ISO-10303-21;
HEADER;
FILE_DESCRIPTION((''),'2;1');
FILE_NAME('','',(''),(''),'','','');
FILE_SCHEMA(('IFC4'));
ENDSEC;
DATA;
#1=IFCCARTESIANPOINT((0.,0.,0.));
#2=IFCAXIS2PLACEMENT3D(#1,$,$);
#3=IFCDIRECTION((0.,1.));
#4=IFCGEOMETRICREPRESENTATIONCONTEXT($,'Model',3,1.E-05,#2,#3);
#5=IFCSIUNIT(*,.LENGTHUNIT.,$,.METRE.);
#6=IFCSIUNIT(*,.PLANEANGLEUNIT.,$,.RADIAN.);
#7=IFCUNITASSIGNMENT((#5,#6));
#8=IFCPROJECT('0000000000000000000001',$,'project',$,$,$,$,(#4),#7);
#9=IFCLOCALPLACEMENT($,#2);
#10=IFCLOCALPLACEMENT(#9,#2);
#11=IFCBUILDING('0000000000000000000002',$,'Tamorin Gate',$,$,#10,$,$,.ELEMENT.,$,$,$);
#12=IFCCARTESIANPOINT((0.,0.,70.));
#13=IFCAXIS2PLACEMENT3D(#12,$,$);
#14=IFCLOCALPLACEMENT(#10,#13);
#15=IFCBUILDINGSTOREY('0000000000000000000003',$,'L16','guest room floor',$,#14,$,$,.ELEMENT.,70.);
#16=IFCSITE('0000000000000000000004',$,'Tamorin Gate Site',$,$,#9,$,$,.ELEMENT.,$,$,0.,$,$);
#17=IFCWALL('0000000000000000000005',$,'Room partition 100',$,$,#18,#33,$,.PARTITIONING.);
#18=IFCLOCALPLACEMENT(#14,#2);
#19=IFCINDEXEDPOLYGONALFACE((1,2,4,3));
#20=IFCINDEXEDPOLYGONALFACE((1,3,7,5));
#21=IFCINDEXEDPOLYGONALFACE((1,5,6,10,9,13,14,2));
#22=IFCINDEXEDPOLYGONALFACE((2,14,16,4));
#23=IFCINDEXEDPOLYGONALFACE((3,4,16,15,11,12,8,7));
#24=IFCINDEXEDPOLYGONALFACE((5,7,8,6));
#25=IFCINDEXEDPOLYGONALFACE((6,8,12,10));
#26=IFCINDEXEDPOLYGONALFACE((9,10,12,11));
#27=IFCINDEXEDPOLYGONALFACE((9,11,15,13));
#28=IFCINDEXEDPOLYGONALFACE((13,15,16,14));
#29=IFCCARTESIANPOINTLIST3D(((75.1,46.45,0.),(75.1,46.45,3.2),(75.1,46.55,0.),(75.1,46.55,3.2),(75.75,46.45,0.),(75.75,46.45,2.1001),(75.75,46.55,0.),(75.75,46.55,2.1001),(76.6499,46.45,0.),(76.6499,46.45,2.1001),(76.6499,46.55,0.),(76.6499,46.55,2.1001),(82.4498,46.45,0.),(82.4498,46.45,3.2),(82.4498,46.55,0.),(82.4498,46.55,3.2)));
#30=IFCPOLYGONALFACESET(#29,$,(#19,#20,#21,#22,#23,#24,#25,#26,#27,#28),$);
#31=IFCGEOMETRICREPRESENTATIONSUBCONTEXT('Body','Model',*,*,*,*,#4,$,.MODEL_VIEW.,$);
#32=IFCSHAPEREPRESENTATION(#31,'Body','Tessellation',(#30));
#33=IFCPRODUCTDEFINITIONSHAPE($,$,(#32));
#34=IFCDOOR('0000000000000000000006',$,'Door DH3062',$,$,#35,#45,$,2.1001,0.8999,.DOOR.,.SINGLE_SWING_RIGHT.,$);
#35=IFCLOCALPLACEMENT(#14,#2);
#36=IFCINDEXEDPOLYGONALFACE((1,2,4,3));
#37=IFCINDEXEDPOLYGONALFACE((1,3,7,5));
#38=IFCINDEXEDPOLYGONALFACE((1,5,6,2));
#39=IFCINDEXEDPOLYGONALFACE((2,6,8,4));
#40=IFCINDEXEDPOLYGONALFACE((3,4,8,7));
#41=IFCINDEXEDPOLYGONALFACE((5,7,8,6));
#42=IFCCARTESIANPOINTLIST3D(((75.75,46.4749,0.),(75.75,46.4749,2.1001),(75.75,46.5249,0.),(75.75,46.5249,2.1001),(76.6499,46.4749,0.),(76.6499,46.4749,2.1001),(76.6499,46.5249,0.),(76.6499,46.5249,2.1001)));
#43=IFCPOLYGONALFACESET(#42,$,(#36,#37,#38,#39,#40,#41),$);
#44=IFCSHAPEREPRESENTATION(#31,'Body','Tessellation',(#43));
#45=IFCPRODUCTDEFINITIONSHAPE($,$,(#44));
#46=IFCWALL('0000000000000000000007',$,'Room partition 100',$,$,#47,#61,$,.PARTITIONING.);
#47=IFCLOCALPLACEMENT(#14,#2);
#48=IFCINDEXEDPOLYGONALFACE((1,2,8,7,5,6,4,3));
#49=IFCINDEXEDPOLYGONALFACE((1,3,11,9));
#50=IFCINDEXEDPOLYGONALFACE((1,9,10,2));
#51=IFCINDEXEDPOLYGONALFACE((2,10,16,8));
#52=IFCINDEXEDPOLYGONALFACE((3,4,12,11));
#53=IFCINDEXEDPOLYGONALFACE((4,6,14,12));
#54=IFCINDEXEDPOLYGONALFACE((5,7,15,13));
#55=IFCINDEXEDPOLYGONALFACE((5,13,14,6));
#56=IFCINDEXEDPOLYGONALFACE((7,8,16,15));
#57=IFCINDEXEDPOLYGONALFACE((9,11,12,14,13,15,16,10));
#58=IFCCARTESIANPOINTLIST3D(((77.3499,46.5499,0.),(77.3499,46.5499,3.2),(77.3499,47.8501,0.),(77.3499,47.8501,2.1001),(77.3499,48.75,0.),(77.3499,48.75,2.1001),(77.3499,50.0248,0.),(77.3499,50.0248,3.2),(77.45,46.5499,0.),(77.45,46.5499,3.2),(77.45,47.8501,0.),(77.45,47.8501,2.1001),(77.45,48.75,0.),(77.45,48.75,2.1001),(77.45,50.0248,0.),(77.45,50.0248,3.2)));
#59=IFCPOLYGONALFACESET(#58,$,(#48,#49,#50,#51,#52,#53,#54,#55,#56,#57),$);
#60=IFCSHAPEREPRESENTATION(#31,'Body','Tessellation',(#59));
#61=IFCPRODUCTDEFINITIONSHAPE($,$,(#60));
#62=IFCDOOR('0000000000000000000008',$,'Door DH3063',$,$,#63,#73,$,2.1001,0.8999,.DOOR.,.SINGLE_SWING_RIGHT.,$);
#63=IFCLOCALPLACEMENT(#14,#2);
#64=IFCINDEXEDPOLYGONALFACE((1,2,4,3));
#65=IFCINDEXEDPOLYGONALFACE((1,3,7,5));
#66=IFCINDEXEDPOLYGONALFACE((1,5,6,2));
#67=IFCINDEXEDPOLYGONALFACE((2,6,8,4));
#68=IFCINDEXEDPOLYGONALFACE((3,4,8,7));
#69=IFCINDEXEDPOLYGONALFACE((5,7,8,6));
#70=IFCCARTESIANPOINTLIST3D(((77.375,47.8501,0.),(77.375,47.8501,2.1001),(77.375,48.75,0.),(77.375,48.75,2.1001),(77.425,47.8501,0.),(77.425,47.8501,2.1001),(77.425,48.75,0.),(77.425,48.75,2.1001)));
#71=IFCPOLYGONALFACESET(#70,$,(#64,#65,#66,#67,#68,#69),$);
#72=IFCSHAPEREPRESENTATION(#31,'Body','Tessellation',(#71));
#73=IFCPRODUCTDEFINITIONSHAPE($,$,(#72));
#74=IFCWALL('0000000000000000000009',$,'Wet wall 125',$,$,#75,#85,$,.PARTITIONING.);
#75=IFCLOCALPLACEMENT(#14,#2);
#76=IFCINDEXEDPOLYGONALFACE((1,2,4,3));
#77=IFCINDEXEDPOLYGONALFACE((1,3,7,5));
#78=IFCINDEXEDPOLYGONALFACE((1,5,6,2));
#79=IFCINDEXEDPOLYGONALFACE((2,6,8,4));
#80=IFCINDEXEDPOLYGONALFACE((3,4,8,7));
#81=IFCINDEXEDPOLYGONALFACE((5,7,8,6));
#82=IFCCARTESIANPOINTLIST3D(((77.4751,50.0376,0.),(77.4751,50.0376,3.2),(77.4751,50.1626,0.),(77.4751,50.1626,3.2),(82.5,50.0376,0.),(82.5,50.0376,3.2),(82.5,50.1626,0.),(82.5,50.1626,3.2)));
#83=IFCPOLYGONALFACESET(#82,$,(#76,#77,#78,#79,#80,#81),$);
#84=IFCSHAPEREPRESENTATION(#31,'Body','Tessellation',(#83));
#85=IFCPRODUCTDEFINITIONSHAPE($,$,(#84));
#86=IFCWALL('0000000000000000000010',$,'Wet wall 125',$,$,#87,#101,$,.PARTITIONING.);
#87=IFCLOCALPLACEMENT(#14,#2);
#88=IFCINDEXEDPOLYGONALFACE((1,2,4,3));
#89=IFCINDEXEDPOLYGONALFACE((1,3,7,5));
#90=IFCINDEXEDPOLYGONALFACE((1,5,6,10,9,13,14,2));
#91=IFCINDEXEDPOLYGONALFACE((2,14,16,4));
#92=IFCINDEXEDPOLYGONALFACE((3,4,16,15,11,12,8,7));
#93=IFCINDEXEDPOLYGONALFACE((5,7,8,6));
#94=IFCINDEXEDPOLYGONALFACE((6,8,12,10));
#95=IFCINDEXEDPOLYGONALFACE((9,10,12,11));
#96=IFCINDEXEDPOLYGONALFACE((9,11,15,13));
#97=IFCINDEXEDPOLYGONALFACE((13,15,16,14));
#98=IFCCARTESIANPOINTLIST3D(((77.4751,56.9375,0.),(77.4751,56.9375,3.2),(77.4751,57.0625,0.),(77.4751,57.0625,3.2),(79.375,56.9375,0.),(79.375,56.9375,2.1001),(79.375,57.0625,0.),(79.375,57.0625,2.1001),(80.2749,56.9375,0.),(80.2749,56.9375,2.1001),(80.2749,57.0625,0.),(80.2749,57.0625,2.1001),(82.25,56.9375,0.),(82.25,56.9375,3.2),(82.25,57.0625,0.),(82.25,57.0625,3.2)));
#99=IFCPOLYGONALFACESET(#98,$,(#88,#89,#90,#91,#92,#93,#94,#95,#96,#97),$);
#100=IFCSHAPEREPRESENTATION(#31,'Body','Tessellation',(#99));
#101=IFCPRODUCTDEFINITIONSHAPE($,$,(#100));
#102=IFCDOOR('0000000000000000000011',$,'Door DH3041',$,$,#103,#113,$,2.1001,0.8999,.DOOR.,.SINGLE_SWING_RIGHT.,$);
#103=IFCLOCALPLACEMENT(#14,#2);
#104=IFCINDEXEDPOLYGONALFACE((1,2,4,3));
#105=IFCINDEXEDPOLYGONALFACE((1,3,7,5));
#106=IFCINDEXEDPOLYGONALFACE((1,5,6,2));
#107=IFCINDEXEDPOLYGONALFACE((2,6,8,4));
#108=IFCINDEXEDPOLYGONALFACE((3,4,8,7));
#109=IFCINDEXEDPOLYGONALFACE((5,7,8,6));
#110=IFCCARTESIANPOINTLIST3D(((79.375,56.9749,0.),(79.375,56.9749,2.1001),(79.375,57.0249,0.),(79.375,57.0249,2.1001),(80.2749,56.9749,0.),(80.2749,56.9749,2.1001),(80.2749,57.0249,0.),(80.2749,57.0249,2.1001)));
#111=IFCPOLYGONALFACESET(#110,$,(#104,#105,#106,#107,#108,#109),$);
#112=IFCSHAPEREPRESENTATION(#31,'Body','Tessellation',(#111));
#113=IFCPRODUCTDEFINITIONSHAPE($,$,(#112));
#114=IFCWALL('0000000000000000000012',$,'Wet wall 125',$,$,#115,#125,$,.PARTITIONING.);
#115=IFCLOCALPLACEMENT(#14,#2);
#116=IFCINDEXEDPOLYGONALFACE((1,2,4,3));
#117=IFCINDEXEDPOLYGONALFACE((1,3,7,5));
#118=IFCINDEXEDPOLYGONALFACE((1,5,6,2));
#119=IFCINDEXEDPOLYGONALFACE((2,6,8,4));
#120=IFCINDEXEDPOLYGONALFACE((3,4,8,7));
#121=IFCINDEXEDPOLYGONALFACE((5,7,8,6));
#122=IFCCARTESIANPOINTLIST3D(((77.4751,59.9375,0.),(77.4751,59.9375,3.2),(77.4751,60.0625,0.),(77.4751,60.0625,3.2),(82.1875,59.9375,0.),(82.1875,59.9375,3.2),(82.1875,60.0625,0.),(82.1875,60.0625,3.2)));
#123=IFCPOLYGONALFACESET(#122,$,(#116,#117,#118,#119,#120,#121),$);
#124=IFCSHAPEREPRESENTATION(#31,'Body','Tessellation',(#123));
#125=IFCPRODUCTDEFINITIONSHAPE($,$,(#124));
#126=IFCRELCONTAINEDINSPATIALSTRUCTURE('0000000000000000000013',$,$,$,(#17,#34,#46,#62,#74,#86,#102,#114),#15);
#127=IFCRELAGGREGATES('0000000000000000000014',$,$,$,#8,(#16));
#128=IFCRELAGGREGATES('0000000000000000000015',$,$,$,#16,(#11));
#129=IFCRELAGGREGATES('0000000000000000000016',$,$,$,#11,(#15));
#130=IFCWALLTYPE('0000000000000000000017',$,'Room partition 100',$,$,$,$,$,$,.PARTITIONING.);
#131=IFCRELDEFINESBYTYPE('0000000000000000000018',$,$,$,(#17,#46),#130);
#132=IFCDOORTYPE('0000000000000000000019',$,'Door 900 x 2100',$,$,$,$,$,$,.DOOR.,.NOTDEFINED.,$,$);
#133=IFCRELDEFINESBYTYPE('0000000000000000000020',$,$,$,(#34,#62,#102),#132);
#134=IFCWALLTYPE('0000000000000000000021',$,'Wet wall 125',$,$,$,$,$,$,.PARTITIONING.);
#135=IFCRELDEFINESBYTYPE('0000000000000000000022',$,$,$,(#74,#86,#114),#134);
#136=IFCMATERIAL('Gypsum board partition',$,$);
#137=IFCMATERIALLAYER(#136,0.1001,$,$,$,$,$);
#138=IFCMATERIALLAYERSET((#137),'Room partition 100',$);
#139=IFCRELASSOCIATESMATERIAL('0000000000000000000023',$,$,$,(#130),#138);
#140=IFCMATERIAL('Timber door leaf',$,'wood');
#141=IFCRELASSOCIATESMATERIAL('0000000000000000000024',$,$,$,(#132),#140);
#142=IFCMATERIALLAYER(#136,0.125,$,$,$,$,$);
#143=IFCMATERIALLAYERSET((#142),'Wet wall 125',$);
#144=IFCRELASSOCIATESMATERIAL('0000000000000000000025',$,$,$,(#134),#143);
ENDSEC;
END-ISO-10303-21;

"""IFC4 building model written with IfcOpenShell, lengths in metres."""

from ifc_helpers import new_model, si_unit, direction, frame, frame_2d, origin, place, context, subcontext, project, spatial, rectangle, extrude, material, layer, layer_set, type_object, element, fill, save


model = new_model("IFC4")

# Units and contexts
model_context = context("Model", 3, precision=1e-05, world=origin(), true_north=direction((0.0, 1.0)))
body_context = subcontext(model_context, "Body", "Model", "MODEL_VIEW")
ifc_project = project(units=[si_unit("LENGTHUNIT", "METRE"), si_unit("PLANEANGLEUNIT", "RADIAN")], contexts=[model_context])

# Site, building, storey
site_placement = place(None, origin())
site = spatial("IfcSite", under=ifc_project, at=site_placement, Name="Tamorin Gate Site", CompositionType="ELEMENT", RefElevation=0.0)
building_placement = place(site_placement, origin())
building = spatial("IfcBuilding", under=site, at=building_placement, Name="Tamorin Gate", CompositionType="ELEMENT")
storey_placement = place(building_placement, frame((0.0, 0.0, 70.0)))
storey = spatial("IfcBuildingStorey", under=building, at=storey_placement, Name="L16", Description="guest room floor", CompositionType="ELEMENT", Elevation=70.0)

# Shared definitions
ifc_material_1 = material(Name="Gypsum board partition")
ifc_material_2 = material(Name="Timber door leaf", Category="wood")

# Walls, openings, doors
ifc_layer_1 = layer(ifc_material_1, 0.1001)
ifc_layer_set_1 = layer_set([ifc_layer_1], Name="Room partition 100")
wall_type_1 = type_object("IfcWallType", Name="Room partition 100", PredefinedType="PARTITIONING", material=ifc_layer_set_1)
wall_1_placement = place(storey_placement, frame((75.1001, 46.5, 0.0), z_axis=(0.0, 0.0, 1.0), x_axis=(1.0, 0.0, 0.0)))
wall_1 = element("IfcWall", 1, at=wall_1_placement, inside=storey, type_object=wall_type_1, Name="Room partition 100", PredefinedType="PARTITIONING", context=body_context, shape_type="SweptSolid", body=[
    extrude(rectangle(XDim=7.3499, YDim=0.1001, at=frame_2d((3.6748, 0.0))), origin(), (0.0, 0.0, 1.0), 3.2),
])
opening_1_placement = place(wall_1_placement, frame((0.6499, 0.0, 0.0)))
opening_1 = element("IfcOpeningElement", 2, at=opening_1_placement, cuts=wall_1, PredefinedType="OPENING", context=body_context, shape_type="SweptSolid", body=[
    extrude(rectangle(XDim=0.8999, YDim=2.1001, at=frame_2d((0.45, 1.05))), frame((0.0, 0.0601, 0.0), z_axis=(0.0, -1.0, 0.0), x_axis=(1.0, 0.0, 0.0)), (0.0, 0.0, 1.0), 0.1201),
])
door_type_1 = type_object("IfcDoorType", Name="Door 900 x 2100", OperationType="NOTDEFINED", PredefinedType="DOOR", material=ifc_material_2)
door_1_placement = place(opening_1_placement, origin())
door_1 = element("IfcDoor", 3, at=door_1_placement, inside=storey, type_object=door_type_1, Name="Door DH3062", OperationType="SINGLE_SWING_RIGHT", OverallHeight=2.1001, OverallWidth=0.8999, PredefinedType="DOOR", context=body_context, shape_type="SweptSolid", body=[
    extrude(rectangle(XDim=0.8999, YDim=2.1001, at=frame_2d((0.45, 1.05))), frame((0.0, 0.0249, 0.0), z_axis=(0.0, -1.0, 0.0), x_axis=(1.0, 0.0, 0.0)), (0.0, 0.0, 1.0), 0.05),
])
fill(opening_1, door_1)
wall_2_placement = place(storey_placement, frame((77.3999, 46.55, 0.0), z_axis=(0.0, 0.0, 1.0), x_axis=(0.0, 1.0, 0.0)))
wall_2 = element("IfcWall", 4, at=wall_2_placement, inside=storey, type_object=wall_type_1, Name="Room partition 100", PredefinedType="PARTITIONING", context=body_context, shape_type="SweptSolid", body=[
    extrude(rectangle(XDim=3.4749, YDim=0.1001, at=frame_2d((1.7373, 0.0))), origin(), (0.0, 0.0, 1.0), 3.2),
])
opening_2_placement = place(wall_2_placement, frame((1.3, 0.0, 0.0)))
opening_2 = element("IfcOpeningElement", 5, at=opening_2_placement, cuts=wall_2, PredefinedType="OPENING", context=body_context, shape_type="SweptSolid", body=[
    extrude(rectangle(XDim=0.8999, YDim=2.1001, at=frame_2d((0.45, 1.05))), frame((0.0, 0.0601, 0.0), z_axis=(0.0, -1.0, 0.0), x_axis=(1.0, 0.0, 0.0)), (0.0, 0.0, 1.0), 0.1201),
])
door_2_placement = place(opening_2_placement, origin())
door_2 = element("IfcDoor", 6, at=door_2_placement, inside=storey, type_object=door_type_1, Name="Door DH3063", OperationType="SINGLE_SWING_RIGHT", OverallHeight=2.1001, OverallWidth=0.8999, PredefinedType="DOOR", context=body_context, shape_type="SweptSolid", body=[
    extrude(rectangle(XDim=0.8999, YDim=2.1001, at=frame_2d((0.45, 1.05))), frame((0.0, 0.0249, 0.0), z_axis=(0.0, -1.0, 0.0), x_axis=(1.0, 0.0, 0.0)), (0.0, 0.0, 1.0), 0.05),
])
fill(opening_2, door_2)

# Wall
ifc_layer_2 = layer(ifc_material_1, 0.125)
ifc_layer_set_2 = layer_set([ifc_layer_2], Name="Wet wall 125")
wall_type_2 = type_object("IfcWallType", Name="Wet wall 125", PredefinedType="PARTITIONING", material=ifc_layer_set_2)
wall_3_placement = place(storey_placement, frame((77.4751, 50.1001, 0.0), z_axis=(0.0, 0.0, 1.0), x_axis=(1.0, 0.0, 0.0)))
element("IfcWall", 7, at=wall_3_placement, inside=storey, type_object=wall_type_2, Name="Wet wall 125", PredefinedType="PARTITIONING", context=body_context, shape_type="SweptSolid", body=[
    extrude(rectangle(XDim=5.0249, YDim=0.125, at=frame_2d((2.5125, 0.0))), origin(), (0.0, 0.0, 1.0), 3.2),
])

# Wall, opening, door
wall_4_placement = place(storey_placement, frame((77.4751, 57.0, 0.0), z_axis=(0.0, 0.0, 1.0), x_axis=(1.0, 0.0, 0.0)))
wall_4 = element("IfcWall", 8, at=wall_4_placement, inside=storey, type_object=wall_type_2, Name="Wet wall 125", PredefinedType="PARTITIONING", context=body_context, shape_type="SweptSolid", body=[
    extrude(rectangle(XDim=4.7749, YDim=0.125, at=frame_2d((2.3875, 0.0))), origin(), (0.0, 0.0, 1.0), 3.2),
])
opening_3_placement = place(wall_4_placement, frame((1.8999, 0.0, 0.0)))
opening_3 = element("IfcOpeningElement", 9, at=opening_3_placement, cuts=wall_4, PredefinedType="OPENING", context=body_context, shape_type="SweptSolid", body=[
    extrude(rectangle(XDim=0.8999, YDim=2.1001, at=frame_2d((0.45, 1.05))), frame((0.0, 0.0725, 0.0), z_axis=(0.0, -1.0, 0.0), x_axis=(1.0, 0.0, 0.0)), (0.0, 0.0, 1.0), 0.145),
])
door_3_placement = place(opening_3_placement, origin())
door_3 = element("IfcDoor", 10, at=door_3_placement, inside=storey, type_object=door_type_1, Name="Door DH3041", OperationType="SINGLE_SWING_RIGHT", OverallHeight=2.1001, OverallWidth=0.8999, PredefinedType="DOOR", context=body_context, shape_type="SweptSolid", body=[
    extrude(rectangle(XDim=0.8999, YDim=2.1001, at=frame_2d((0.45, 1.05))), frame((0.0, 0.0249, 0.0), z_axis=(0.0, -1.0, 0.0), x_axis=(1.0, 0.0, 0.0)), (0.0, 0.0, 1.0), 0.05),
])
fill(opening_3, door_3)

# Wall
wall_5_placement = place(storey_placement, frame((77.4751, 60.0, 0.0), z_axis=(0.0, 0.0, 1.0), x_axis=(1.0, 0.0, 0.0)))
element("IfcWall", 11, at=wall_5_placement, inside=storey, type_object=wall_type_2, Name="Wet wall 125", PredefinedType="PARTITIONING", context=body_context, shape_type="SweptSolid", body=[
    extrude(rectangle(XDim=4.7124, YDim=0.125, at=frame_2d((2.3562, 0.0))), origin(), (0.0, 0.0, 1.0), 3.2),
])

save(model, "model.ifc")
